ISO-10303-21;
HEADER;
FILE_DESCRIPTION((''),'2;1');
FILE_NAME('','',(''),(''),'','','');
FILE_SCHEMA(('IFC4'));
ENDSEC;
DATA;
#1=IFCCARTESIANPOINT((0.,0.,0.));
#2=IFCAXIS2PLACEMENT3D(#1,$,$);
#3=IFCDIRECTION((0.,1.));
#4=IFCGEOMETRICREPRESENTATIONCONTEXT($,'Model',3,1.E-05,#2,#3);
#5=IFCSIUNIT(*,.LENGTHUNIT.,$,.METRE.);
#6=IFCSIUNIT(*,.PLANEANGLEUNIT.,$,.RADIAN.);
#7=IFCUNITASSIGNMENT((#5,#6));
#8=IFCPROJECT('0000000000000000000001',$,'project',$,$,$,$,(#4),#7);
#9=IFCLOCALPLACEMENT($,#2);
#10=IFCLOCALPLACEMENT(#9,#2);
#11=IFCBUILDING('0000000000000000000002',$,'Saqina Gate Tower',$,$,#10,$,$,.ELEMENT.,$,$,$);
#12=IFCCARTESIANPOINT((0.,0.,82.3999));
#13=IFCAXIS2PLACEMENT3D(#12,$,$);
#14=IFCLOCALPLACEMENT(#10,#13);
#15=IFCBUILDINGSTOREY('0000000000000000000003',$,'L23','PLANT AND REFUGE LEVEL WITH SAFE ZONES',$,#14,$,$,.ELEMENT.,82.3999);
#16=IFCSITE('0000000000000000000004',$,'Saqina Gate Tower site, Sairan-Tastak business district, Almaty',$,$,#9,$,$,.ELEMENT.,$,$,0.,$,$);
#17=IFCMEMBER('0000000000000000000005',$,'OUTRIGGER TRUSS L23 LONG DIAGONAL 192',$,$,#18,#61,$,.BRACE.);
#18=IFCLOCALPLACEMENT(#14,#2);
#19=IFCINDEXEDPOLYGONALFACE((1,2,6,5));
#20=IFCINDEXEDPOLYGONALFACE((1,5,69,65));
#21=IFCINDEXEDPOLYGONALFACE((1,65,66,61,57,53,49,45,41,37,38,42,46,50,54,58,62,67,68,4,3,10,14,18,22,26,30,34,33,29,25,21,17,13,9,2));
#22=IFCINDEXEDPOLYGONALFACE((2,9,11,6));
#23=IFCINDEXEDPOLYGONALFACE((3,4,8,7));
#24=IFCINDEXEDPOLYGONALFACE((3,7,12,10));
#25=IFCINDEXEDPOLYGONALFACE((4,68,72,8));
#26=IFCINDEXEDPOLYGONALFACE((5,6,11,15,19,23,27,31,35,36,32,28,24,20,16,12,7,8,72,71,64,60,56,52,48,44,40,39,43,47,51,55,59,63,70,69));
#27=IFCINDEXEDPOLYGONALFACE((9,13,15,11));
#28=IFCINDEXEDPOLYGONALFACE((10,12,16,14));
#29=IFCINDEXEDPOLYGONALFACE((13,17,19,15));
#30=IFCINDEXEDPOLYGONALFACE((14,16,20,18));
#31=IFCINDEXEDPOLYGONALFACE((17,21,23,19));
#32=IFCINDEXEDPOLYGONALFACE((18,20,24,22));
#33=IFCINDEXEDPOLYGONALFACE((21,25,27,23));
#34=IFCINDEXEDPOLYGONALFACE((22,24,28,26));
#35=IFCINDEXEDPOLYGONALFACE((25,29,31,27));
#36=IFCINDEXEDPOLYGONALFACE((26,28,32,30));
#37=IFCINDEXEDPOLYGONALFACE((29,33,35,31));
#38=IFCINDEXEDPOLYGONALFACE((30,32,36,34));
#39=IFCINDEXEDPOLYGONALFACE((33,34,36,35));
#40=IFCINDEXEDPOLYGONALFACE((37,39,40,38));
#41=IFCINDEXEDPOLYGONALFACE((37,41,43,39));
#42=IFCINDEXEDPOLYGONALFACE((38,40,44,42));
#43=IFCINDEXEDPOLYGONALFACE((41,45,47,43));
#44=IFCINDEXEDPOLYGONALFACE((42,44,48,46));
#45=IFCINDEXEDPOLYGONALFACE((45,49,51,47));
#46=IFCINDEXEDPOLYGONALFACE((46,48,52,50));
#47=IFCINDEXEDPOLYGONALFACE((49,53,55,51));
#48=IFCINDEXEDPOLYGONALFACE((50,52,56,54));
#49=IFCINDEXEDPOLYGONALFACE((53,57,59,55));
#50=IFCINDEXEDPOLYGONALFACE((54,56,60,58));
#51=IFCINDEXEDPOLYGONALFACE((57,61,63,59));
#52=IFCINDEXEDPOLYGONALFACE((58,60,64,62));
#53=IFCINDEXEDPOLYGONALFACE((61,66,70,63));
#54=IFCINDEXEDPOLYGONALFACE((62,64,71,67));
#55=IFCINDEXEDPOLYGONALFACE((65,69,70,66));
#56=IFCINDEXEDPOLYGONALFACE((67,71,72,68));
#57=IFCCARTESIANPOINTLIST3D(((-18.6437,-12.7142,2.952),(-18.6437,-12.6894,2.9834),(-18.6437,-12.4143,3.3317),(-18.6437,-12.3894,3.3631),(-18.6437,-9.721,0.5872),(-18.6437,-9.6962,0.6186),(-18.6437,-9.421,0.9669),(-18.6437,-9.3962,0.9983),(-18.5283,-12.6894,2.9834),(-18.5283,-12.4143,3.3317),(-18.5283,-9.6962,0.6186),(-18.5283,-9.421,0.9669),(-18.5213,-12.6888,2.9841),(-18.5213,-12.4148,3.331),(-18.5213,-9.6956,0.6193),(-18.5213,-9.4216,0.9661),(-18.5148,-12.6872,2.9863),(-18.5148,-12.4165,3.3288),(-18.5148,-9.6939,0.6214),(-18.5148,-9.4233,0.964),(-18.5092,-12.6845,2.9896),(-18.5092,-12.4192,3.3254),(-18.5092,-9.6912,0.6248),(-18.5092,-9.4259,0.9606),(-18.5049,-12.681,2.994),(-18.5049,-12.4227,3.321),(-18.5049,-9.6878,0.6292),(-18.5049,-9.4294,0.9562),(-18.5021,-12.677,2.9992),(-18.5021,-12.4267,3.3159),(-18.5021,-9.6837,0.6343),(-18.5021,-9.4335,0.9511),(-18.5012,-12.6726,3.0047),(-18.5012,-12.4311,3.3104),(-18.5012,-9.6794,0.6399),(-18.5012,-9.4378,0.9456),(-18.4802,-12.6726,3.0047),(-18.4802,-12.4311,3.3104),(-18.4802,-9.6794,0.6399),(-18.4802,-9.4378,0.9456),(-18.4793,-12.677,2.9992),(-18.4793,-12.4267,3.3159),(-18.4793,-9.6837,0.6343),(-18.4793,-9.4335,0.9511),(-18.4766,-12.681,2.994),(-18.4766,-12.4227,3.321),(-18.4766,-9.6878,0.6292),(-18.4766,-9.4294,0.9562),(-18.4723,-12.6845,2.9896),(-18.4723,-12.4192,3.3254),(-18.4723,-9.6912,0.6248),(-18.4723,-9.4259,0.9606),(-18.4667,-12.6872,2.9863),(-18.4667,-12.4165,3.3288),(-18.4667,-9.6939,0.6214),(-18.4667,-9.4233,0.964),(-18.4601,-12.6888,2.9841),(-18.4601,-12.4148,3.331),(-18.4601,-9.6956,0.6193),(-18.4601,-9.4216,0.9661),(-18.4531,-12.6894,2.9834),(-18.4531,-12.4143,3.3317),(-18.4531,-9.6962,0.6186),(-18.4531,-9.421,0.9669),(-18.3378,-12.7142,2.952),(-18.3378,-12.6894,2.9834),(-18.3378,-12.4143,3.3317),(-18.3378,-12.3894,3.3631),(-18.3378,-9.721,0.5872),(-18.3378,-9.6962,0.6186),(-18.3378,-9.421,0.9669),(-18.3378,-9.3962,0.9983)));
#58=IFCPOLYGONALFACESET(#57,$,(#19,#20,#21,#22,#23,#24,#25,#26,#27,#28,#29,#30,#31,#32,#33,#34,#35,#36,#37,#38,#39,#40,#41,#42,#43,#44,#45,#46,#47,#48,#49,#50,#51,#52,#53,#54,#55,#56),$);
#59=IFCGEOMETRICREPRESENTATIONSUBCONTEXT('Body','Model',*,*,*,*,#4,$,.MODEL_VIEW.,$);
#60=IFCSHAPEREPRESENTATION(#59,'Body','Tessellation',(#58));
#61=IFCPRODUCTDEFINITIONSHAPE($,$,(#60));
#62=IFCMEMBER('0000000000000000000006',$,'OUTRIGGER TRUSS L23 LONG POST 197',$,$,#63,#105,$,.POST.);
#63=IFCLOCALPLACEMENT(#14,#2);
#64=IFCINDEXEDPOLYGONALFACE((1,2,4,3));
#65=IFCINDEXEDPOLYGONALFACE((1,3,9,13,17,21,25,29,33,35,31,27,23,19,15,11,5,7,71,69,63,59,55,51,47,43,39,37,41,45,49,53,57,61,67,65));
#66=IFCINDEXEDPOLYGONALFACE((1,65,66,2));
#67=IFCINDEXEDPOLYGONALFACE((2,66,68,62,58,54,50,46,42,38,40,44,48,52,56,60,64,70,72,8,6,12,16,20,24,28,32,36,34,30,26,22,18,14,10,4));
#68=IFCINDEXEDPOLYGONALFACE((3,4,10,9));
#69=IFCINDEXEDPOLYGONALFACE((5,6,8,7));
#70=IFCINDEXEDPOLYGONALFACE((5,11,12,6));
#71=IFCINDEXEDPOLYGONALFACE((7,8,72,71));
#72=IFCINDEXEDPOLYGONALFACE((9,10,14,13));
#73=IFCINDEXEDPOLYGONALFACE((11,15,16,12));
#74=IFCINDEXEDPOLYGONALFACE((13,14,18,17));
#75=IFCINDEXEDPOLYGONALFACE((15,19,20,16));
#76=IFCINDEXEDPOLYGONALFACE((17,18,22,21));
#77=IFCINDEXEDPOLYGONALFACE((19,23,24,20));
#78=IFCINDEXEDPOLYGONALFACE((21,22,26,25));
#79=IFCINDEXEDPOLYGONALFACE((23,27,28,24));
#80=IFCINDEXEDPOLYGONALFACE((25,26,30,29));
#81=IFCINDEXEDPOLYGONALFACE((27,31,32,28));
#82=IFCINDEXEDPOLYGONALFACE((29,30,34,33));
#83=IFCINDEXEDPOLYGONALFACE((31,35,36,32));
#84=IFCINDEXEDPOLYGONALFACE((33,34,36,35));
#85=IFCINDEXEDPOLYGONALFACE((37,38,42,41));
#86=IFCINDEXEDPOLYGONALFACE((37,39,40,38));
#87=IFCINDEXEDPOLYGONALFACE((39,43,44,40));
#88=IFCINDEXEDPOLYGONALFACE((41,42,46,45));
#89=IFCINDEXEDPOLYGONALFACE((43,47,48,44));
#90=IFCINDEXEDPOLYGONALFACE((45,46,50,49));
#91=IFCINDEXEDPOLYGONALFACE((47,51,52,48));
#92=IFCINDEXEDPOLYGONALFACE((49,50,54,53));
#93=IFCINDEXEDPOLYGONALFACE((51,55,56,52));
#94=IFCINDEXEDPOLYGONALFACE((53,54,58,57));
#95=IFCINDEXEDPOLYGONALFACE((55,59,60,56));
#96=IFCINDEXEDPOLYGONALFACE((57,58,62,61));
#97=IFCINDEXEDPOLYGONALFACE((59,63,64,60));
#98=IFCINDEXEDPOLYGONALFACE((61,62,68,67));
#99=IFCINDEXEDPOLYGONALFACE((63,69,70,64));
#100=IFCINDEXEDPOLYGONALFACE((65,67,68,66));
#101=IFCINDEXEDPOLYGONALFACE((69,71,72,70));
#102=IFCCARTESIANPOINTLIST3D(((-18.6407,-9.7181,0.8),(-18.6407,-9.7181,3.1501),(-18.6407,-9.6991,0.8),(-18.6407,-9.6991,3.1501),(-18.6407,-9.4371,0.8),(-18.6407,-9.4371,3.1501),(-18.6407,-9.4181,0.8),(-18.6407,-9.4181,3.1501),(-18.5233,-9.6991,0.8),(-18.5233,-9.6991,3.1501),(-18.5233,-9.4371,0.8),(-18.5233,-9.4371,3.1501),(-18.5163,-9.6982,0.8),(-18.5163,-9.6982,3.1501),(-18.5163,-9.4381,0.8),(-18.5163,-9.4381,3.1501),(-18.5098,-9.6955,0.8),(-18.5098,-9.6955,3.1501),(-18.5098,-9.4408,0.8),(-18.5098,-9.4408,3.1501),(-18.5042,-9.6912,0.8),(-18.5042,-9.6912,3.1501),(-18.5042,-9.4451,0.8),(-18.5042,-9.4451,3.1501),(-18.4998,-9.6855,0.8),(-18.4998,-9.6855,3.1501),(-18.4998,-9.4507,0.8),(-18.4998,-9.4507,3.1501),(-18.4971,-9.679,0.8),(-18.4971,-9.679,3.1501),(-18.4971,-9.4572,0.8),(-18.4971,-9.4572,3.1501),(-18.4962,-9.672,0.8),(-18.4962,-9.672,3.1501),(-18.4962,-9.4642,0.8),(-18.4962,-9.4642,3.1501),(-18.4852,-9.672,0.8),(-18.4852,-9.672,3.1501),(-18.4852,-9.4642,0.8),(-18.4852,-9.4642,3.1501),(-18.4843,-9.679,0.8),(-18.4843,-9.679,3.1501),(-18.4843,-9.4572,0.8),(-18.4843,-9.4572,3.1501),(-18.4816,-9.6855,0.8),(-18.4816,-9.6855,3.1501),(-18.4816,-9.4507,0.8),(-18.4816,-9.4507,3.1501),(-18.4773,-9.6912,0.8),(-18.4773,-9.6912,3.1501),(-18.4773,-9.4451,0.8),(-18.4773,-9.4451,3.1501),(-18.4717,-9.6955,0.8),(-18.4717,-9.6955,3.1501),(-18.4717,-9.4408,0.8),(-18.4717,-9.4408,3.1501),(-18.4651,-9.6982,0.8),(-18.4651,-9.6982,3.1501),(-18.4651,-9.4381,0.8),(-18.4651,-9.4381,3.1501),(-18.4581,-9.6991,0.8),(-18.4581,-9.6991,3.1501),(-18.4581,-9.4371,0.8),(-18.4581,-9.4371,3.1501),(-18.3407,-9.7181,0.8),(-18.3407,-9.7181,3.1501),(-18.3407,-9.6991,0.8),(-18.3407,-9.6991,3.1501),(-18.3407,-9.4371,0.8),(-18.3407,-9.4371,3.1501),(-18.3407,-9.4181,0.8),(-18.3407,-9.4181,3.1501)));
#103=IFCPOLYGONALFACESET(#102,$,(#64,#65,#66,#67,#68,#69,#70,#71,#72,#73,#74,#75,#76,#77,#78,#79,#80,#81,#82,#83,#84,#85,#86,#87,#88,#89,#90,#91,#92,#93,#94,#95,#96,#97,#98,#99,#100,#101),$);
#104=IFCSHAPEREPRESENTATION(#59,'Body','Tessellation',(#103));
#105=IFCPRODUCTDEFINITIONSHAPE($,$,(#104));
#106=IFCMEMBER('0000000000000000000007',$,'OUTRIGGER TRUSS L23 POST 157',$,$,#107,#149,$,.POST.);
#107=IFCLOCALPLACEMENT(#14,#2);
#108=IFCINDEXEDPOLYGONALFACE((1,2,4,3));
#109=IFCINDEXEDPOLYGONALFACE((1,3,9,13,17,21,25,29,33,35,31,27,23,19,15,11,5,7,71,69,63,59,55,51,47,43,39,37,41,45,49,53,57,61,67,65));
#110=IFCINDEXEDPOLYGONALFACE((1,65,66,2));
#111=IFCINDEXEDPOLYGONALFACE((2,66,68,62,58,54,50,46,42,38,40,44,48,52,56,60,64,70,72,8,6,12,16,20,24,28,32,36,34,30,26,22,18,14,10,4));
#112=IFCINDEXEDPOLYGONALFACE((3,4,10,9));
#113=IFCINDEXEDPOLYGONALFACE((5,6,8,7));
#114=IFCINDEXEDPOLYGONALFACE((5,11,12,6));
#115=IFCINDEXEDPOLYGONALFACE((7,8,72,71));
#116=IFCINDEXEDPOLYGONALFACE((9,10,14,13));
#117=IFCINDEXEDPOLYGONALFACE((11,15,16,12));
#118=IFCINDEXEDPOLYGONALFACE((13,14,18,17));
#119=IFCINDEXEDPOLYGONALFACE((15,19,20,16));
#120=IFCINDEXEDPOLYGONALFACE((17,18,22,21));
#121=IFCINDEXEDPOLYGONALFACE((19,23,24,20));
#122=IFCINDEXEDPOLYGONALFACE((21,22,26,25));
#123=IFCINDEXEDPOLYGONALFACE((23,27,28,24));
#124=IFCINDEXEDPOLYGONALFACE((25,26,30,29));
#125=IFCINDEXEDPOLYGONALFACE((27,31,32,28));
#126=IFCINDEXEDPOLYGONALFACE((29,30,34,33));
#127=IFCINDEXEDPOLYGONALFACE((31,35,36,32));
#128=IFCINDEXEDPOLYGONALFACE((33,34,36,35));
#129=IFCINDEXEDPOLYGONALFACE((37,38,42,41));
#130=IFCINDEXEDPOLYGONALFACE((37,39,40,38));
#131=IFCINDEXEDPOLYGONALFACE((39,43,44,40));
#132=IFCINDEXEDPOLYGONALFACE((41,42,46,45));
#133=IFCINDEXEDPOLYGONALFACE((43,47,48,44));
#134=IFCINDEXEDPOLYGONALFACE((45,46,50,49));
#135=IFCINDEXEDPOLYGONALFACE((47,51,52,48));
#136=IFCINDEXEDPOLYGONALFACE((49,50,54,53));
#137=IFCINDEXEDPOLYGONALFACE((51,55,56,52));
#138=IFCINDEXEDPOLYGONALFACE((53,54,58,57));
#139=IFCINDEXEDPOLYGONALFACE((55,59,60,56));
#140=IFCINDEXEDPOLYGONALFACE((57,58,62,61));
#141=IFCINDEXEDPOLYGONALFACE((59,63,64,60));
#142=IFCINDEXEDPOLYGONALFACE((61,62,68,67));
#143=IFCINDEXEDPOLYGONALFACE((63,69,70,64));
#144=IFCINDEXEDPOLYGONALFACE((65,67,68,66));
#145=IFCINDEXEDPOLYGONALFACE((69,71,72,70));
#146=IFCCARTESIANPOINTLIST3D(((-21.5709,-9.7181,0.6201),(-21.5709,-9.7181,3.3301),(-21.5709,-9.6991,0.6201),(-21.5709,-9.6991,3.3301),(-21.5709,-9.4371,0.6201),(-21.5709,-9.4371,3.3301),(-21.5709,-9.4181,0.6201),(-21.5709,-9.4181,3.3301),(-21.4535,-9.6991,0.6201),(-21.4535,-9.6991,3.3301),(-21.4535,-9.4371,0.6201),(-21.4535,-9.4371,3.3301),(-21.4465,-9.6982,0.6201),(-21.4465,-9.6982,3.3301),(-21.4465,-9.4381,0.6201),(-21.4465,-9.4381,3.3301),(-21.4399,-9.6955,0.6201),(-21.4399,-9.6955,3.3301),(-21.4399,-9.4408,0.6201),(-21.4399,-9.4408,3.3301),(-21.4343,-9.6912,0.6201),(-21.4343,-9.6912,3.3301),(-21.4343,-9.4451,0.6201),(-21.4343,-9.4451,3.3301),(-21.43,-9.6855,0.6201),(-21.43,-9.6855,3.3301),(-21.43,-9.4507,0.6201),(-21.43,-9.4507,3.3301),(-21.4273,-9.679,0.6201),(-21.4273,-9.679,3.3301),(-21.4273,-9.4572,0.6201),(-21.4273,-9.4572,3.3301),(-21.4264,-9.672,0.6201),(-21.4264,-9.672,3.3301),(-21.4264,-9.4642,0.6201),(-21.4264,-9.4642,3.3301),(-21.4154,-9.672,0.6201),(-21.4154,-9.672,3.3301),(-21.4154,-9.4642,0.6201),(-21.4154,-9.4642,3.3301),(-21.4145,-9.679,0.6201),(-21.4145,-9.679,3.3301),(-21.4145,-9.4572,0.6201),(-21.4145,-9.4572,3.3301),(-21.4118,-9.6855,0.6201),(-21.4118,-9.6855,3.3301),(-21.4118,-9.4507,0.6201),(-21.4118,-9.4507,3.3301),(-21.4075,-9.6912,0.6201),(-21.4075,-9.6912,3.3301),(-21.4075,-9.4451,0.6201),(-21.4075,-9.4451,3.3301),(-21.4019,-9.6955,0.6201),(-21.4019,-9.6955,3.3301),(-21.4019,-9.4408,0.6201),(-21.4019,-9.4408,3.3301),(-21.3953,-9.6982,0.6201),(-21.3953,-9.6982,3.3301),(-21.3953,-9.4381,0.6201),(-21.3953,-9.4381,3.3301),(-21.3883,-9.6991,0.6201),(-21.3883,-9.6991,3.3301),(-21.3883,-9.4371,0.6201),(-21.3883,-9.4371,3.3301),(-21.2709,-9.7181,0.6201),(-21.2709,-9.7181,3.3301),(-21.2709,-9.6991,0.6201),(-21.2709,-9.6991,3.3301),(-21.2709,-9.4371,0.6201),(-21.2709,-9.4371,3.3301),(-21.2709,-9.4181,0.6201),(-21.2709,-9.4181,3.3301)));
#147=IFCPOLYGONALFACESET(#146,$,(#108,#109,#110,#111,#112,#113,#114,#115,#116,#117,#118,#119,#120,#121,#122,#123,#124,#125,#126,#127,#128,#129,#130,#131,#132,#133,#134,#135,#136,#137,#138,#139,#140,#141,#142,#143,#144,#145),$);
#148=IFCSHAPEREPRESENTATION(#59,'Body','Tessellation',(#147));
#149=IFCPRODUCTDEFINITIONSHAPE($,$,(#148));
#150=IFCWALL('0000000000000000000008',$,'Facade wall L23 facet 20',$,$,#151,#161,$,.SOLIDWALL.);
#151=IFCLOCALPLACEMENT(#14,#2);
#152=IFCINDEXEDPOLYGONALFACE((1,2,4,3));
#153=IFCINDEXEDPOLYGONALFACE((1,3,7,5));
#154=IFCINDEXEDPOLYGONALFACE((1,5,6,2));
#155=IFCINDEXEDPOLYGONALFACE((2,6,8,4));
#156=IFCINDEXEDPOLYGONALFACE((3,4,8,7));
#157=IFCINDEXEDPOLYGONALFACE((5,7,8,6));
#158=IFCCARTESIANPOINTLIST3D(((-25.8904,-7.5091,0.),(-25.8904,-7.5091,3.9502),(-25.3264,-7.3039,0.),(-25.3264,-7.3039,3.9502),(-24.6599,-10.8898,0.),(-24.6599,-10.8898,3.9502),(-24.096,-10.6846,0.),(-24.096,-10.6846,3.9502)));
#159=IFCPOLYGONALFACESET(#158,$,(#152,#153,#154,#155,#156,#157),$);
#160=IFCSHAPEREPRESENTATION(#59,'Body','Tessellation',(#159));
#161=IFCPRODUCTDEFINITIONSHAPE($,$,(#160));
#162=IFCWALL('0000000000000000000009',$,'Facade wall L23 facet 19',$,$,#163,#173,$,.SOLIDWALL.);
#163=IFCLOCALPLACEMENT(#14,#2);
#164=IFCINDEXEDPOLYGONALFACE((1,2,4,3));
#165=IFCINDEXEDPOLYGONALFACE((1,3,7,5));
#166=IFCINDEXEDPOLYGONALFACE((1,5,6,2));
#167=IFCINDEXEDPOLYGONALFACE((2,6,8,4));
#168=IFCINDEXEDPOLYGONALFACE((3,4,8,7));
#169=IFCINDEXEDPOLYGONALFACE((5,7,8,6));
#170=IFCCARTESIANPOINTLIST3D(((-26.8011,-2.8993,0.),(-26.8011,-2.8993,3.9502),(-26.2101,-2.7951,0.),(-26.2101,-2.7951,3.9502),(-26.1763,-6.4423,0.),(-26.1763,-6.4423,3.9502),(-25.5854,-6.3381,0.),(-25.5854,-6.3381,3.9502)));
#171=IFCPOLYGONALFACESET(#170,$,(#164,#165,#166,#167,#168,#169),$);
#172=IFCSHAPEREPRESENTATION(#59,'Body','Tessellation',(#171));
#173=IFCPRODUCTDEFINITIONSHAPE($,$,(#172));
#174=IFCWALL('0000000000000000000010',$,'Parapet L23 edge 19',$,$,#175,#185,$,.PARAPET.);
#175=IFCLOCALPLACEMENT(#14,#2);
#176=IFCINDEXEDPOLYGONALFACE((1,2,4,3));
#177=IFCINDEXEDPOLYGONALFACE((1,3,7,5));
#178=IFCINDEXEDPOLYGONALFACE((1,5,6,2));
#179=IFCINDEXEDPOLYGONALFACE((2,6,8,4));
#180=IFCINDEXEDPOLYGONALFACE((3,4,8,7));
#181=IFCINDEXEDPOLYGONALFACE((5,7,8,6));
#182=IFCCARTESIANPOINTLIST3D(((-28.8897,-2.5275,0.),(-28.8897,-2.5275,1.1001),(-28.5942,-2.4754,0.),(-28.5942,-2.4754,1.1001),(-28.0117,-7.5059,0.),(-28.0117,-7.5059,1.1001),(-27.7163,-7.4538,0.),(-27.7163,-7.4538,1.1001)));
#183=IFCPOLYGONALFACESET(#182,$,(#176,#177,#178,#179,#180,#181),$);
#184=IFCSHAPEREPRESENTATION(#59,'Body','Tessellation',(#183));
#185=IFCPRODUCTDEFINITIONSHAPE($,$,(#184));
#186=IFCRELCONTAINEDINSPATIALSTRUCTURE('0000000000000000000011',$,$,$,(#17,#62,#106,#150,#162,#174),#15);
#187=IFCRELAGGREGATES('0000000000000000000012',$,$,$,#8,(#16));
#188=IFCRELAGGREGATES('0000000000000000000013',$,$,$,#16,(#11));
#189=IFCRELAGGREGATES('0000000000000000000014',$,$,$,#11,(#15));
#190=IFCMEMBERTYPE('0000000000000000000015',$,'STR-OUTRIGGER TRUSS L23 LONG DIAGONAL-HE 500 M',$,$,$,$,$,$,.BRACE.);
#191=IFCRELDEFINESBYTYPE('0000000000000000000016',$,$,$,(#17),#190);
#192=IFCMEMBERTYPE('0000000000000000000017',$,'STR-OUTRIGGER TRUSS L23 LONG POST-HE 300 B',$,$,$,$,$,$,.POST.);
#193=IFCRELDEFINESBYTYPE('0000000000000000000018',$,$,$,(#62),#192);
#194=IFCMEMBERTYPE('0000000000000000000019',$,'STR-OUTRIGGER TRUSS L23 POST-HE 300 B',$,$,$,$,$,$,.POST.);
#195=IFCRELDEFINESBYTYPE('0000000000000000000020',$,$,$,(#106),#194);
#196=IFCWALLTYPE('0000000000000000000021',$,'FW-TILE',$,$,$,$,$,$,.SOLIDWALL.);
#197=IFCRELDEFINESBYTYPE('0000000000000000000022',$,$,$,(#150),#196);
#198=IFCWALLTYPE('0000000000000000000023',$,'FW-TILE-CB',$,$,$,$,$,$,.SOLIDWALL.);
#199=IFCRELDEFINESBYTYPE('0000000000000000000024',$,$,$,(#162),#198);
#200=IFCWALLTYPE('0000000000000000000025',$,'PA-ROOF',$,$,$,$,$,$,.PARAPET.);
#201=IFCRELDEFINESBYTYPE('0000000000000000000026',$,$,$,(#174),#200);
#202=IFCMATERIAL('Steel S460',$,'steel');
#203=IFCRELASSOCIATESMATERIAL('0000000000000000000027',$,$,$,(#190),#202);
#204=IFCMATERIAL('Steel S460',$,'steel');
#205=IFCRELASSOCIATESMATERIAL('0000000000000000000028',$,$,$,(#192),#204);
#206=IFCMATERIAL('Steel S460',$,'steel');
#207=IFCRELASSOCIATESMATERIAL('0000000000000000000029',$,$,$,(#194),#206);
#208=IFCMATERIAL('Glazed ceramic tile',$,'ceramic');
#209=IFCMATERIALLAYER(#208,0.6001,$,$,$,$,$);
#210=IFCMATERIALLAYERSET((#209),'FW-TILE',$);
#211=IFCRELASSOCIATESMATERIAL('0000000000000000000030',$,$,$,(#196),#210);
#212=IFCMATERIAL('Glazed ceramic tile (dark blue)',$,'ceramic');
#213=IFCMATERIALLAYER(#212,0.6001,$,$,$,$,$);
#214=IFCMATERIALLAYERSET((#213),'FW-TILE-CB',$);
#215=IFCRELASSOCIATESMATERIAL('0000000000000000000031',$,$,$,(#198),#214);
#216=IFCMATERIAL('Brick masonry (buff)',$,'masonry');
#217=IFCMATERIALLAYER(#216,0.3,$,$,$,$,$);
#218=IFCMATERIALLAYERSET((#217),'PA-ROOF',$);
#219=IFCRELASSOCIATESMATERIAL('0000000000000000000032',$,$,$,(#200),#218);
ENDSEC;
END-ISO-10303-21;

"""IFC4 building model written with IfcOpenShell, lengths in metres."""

from ifc_helpers import new_model, si_unit, direction, frame, frame_2d, origin, origin_2d, place, context, subcontext, project, spatial, rectangle, i_section, extrude, material, layer, layer_set, material_profile, profile_set, type_object, element, save


model = new_model("IFC4")

# Units and contexts
model_context = context("Model", 3, precision=1e-05, world=origin(), true_north=direction((0.0, 1.0)))
body_context = subcontext(model_context, "Body", "Model", "MODEL_VIEW")
ifc_project = project(units=[si_unit("LENGTHUNIT", "METRE"), si_unit("PLANEANGLEUNIT", "RADIAN")], contexts=[model_context])

# Site, building, storey
site_placement = place(None, origin())
site = spatial("IfcSite", under=ifc_project, at=site_placement, Name="Saqina Gate Tower site, Sairan-Tastak business district, Almaty", CompositionType="ELEMENT", RefElevation=0.0)
building_placement = place(site_placement, origin())
building = spatial("IfcBuilding", under=site, at=building_placement, Name="Saqina Gate Tower", CompositionType="ELEMENT")
storey_placement = place(building_placement, frame((0.0, 0.0, 82.3999)))
storey = spatial("IfcBuildingStorey", under=building, at=storey_placement, Name="L23", Description="PLANT AND REFUGE LEVEL WITH SAFE ZONES", CompositionType="ELEMENT", Elevation=82.3999)

# Members
ifc_material_1 = material(Name="Steel S460", Category="steel")
ifc_material_profile_1 = material_profile(ifc_material_1, i_section(OverallWidth=0.3059, OverallDepth=0.5239, WebThickness=0.021, FlangeThickness=0.04, FilletRadius=0.0271, at=origin_2d()), Name="HE 500 M")
ifc_profile_set_1 = profile_set([ifc_material_profile_1], Name="Steel S460")
member_type_1 = type_object("IfcMemberType", Name="STR-OUTRIGGER TRUSS L23 LONG DIAGONAL-HE 500 M", PredefinedType="BRACE", material=ifc_profile_set_1)
member_1_placement = place(storey_placement, frame((-18.4907, -9.5586, 0.7927), z_axis=(0.0, -0.784663, 0.619922), x_axis=(1.0, 0.0, 0.0)))
element("IfcMember", 1, at=member_1_placement, inside=storey, type_object=member_type_1, Name="OUTRIGGER TRUSS L23 LONG DIAGONAL 192", PredefinedType="BRACE", context=body_context, shape_type="SweptSolid", body=[
    extrude(i_section(OverallWidth=0.3059, OverallDepth=0.5239, WebThickness=0.021, FlangeThickness=0.04, FilletRadius=0.0271, at=origin_2d()), origin(), (0.0, 0.0, 1.0), 3.8147),
])
ifc_material_2 = material(Name="Steel S460", Category="steel")
ifc_material_profile_2 = material_profile(ifc_material_2, i_section(OverallWidth=0.3, OverallDepth=0.3, WebThickness=0.011, FlangeThickness=0.019, FilletRadius=0.0271, at=origin_2d()), Name="HE 300 B")
ifc_profile_set_2 = profile_set([ifc_material_profile_2], Name="Steel S460")
member_type_2 = type_object("IfcMemberType", Name="STR-OUTRIGGER TRUSS L23 LONG POST-HE 300 B", PredefinedType="POST", material=ifc_profile_set_2)
member_2_placement = place(storey_placement, frame((-18.4907, -9.5681, 0.8), z_axis=(0.0, 0.0, 1.0), x_axis=(1.0, 0.0, 0.0)))
element("IfcMember", 2, at=member_2_placement, inside=storey, type_object=member_type_2, Name="OUTRIGGER TRUSS L23 LONG POST 197", PredefinedType="POST", context=body_context, shape_type="SweptSolid", body=[
    extrude(i_section(OverallWidth=0.3, OverallDepth=0.3, WebThickness=0.011, FlangeThickness=0.019, FilletRadius=0.0271, at=origin_2d()), origin(), (0.0, 0.0, 1.0), 2.3501),
])
ifc_material_3 = material(Name="Steel S460", Category="steel")
ifc_material_profile_3 = material_profile(ifc_material_3, i_section(OverallWidth=0.3, OverallDepth=0.3, WebThickness=0.011, FlangeThickness=0.019, FilletRadius=0.0271, at=origin_2d()), Name="HE 300 B")
ifc_profile_set_3 = profile_set([ifc_material_profile_3], Name="Steel S460")
member_type_3 = type_object("IfcMemberType", Name="STR-OUTRIGGER TRUSS L23 POST-HE 300 B", PredefinedType="POST", material=ifc_profile_set_3)
member_3_placement = place(storey_placement, frame((-21.4209, -9.5681, 0.6201), z_axis=(0.0, 0.0, 1.0), x_axis=(1.0, 0.0, 0.0)))
element("IfcMember", 3, at=member_3_placement, inside=storey, type_object=member_type_3, Name="OUTRIGGER TRUSS L23 POST 157", PredefinedType="POST", context=body_context, shape_type="SweptSolid", body=[
    extrude(i_section(OverallWidth=0.3, OverallDepth=0.3, WebThickness=0.011, FlangeThickness=0.019, FilletRadius=0.0271, at=origin_2d()), origin(), (0.0, 0.0, 1.0), 2.71),
])

# Walls
ifc_material_4 = material(Name="Glazed ceramic tile", Category="ceramic")
ifc_layer_1 = layer(ifc_material_4, 0.6001)
ifc_layer_set_1 = layer_set([ifc_layer_1], Name="FW-TILE")
wall_type_1 = type_object("IfcWallType", Name="FW-TILE", PredefinedType="SOLIDWALL", material=ifc_layer_set_1)
wall_1_placement = place(storey_placement, frame((-25.6084, -7.4065, 0.0), z_axis=(0.0, 0.0, 1.0), x_axis=(0.342026, -0.93969, 0.0)))
element("IfcWall", 4, at=wall_1_placement, inside=storey, type_object=wall_type_1, Name="Facade wall L23 facet 20", PredefinedType="SOLIDWALL", context=body_context, shape_type="SweptSolid", body=[
    extrude(rectangle(XDim=3.5977, YDim=0.6001, at=frame_2d((1.7988, 0.0))), origin(), (0.0, 0.0, 1.0), 3.9502),
])
ifc_material_5 = material(Name="Glazed ceramic tile (dark blue)", Category="ceramic")
ifc_layer_2 = layer(ifc_material_5, 0.6001)
ifc_layer_set_2 = layer_set([ifc_layer_2], Name="FW-TILE-CB")
wall_type_2 = type_object("IfcWallType", Name="FW-TILE-CB", PredefinedType="SOLIDWALL", material=ifc_layer_set_2)
wall_2_placement = place(storey_placement, frame((-26.5056, -2.8472, 0.0), z_axis=(0.0, 0.0, 1.0), x_axis=(0.173658, -0.984806, 0.0)))
element("IfcWall", 5, at=wall_2_placement, inside=storey, type_object=wall_type_2, Name="Facade wall L23 facet 19", PredefinedType="SOLIDWALL", context=body_context, shape_type="SweptSolid", body=[
    extrude(rectangle(XDim=3.5977, YDim=0.6001, at=frame_2d((1.7988, 0.0))), origin(), (0.0, 0.0, 1.0), 3.9502),
])
ifc_material_6 = material(Name="Brick masonry (buff)", Category="masonry")
ifc_layer_3 = layer(ifc_material_6, 0.3)
ifc_layer_set_3 = layer_set([ifc_layer_3], Name="PA-ROOF")
wall_type_3 = type_object("IfcWallType", Name="PA-ROOF", PredefinedType="PARAPET", material=ifc_layer_set_3)
wall_3_placement = place(storey_placement, frame((-28.7419, -2.5015, 0.0), z_axis=(0.0, 0.0, 1.0), x_axis=(0.173672, -0.984803, 0.0)))
element("IfcWall", 6, at=wall_3_placement, inside=storey, type_object=wall_type_3, Name="Parapet L23 edge 19", PredefinedType="PARAPET", context=body_context, shape_type="SweptSolid", body=[
    extrude(rectangle(XDim=5.0552, YDim=0.3, at=frame_2d((2.5276, 0.0))), origin(), (0.0, 0.0, 1.0), 1.1001),
])

save(model, "model.ifc")
